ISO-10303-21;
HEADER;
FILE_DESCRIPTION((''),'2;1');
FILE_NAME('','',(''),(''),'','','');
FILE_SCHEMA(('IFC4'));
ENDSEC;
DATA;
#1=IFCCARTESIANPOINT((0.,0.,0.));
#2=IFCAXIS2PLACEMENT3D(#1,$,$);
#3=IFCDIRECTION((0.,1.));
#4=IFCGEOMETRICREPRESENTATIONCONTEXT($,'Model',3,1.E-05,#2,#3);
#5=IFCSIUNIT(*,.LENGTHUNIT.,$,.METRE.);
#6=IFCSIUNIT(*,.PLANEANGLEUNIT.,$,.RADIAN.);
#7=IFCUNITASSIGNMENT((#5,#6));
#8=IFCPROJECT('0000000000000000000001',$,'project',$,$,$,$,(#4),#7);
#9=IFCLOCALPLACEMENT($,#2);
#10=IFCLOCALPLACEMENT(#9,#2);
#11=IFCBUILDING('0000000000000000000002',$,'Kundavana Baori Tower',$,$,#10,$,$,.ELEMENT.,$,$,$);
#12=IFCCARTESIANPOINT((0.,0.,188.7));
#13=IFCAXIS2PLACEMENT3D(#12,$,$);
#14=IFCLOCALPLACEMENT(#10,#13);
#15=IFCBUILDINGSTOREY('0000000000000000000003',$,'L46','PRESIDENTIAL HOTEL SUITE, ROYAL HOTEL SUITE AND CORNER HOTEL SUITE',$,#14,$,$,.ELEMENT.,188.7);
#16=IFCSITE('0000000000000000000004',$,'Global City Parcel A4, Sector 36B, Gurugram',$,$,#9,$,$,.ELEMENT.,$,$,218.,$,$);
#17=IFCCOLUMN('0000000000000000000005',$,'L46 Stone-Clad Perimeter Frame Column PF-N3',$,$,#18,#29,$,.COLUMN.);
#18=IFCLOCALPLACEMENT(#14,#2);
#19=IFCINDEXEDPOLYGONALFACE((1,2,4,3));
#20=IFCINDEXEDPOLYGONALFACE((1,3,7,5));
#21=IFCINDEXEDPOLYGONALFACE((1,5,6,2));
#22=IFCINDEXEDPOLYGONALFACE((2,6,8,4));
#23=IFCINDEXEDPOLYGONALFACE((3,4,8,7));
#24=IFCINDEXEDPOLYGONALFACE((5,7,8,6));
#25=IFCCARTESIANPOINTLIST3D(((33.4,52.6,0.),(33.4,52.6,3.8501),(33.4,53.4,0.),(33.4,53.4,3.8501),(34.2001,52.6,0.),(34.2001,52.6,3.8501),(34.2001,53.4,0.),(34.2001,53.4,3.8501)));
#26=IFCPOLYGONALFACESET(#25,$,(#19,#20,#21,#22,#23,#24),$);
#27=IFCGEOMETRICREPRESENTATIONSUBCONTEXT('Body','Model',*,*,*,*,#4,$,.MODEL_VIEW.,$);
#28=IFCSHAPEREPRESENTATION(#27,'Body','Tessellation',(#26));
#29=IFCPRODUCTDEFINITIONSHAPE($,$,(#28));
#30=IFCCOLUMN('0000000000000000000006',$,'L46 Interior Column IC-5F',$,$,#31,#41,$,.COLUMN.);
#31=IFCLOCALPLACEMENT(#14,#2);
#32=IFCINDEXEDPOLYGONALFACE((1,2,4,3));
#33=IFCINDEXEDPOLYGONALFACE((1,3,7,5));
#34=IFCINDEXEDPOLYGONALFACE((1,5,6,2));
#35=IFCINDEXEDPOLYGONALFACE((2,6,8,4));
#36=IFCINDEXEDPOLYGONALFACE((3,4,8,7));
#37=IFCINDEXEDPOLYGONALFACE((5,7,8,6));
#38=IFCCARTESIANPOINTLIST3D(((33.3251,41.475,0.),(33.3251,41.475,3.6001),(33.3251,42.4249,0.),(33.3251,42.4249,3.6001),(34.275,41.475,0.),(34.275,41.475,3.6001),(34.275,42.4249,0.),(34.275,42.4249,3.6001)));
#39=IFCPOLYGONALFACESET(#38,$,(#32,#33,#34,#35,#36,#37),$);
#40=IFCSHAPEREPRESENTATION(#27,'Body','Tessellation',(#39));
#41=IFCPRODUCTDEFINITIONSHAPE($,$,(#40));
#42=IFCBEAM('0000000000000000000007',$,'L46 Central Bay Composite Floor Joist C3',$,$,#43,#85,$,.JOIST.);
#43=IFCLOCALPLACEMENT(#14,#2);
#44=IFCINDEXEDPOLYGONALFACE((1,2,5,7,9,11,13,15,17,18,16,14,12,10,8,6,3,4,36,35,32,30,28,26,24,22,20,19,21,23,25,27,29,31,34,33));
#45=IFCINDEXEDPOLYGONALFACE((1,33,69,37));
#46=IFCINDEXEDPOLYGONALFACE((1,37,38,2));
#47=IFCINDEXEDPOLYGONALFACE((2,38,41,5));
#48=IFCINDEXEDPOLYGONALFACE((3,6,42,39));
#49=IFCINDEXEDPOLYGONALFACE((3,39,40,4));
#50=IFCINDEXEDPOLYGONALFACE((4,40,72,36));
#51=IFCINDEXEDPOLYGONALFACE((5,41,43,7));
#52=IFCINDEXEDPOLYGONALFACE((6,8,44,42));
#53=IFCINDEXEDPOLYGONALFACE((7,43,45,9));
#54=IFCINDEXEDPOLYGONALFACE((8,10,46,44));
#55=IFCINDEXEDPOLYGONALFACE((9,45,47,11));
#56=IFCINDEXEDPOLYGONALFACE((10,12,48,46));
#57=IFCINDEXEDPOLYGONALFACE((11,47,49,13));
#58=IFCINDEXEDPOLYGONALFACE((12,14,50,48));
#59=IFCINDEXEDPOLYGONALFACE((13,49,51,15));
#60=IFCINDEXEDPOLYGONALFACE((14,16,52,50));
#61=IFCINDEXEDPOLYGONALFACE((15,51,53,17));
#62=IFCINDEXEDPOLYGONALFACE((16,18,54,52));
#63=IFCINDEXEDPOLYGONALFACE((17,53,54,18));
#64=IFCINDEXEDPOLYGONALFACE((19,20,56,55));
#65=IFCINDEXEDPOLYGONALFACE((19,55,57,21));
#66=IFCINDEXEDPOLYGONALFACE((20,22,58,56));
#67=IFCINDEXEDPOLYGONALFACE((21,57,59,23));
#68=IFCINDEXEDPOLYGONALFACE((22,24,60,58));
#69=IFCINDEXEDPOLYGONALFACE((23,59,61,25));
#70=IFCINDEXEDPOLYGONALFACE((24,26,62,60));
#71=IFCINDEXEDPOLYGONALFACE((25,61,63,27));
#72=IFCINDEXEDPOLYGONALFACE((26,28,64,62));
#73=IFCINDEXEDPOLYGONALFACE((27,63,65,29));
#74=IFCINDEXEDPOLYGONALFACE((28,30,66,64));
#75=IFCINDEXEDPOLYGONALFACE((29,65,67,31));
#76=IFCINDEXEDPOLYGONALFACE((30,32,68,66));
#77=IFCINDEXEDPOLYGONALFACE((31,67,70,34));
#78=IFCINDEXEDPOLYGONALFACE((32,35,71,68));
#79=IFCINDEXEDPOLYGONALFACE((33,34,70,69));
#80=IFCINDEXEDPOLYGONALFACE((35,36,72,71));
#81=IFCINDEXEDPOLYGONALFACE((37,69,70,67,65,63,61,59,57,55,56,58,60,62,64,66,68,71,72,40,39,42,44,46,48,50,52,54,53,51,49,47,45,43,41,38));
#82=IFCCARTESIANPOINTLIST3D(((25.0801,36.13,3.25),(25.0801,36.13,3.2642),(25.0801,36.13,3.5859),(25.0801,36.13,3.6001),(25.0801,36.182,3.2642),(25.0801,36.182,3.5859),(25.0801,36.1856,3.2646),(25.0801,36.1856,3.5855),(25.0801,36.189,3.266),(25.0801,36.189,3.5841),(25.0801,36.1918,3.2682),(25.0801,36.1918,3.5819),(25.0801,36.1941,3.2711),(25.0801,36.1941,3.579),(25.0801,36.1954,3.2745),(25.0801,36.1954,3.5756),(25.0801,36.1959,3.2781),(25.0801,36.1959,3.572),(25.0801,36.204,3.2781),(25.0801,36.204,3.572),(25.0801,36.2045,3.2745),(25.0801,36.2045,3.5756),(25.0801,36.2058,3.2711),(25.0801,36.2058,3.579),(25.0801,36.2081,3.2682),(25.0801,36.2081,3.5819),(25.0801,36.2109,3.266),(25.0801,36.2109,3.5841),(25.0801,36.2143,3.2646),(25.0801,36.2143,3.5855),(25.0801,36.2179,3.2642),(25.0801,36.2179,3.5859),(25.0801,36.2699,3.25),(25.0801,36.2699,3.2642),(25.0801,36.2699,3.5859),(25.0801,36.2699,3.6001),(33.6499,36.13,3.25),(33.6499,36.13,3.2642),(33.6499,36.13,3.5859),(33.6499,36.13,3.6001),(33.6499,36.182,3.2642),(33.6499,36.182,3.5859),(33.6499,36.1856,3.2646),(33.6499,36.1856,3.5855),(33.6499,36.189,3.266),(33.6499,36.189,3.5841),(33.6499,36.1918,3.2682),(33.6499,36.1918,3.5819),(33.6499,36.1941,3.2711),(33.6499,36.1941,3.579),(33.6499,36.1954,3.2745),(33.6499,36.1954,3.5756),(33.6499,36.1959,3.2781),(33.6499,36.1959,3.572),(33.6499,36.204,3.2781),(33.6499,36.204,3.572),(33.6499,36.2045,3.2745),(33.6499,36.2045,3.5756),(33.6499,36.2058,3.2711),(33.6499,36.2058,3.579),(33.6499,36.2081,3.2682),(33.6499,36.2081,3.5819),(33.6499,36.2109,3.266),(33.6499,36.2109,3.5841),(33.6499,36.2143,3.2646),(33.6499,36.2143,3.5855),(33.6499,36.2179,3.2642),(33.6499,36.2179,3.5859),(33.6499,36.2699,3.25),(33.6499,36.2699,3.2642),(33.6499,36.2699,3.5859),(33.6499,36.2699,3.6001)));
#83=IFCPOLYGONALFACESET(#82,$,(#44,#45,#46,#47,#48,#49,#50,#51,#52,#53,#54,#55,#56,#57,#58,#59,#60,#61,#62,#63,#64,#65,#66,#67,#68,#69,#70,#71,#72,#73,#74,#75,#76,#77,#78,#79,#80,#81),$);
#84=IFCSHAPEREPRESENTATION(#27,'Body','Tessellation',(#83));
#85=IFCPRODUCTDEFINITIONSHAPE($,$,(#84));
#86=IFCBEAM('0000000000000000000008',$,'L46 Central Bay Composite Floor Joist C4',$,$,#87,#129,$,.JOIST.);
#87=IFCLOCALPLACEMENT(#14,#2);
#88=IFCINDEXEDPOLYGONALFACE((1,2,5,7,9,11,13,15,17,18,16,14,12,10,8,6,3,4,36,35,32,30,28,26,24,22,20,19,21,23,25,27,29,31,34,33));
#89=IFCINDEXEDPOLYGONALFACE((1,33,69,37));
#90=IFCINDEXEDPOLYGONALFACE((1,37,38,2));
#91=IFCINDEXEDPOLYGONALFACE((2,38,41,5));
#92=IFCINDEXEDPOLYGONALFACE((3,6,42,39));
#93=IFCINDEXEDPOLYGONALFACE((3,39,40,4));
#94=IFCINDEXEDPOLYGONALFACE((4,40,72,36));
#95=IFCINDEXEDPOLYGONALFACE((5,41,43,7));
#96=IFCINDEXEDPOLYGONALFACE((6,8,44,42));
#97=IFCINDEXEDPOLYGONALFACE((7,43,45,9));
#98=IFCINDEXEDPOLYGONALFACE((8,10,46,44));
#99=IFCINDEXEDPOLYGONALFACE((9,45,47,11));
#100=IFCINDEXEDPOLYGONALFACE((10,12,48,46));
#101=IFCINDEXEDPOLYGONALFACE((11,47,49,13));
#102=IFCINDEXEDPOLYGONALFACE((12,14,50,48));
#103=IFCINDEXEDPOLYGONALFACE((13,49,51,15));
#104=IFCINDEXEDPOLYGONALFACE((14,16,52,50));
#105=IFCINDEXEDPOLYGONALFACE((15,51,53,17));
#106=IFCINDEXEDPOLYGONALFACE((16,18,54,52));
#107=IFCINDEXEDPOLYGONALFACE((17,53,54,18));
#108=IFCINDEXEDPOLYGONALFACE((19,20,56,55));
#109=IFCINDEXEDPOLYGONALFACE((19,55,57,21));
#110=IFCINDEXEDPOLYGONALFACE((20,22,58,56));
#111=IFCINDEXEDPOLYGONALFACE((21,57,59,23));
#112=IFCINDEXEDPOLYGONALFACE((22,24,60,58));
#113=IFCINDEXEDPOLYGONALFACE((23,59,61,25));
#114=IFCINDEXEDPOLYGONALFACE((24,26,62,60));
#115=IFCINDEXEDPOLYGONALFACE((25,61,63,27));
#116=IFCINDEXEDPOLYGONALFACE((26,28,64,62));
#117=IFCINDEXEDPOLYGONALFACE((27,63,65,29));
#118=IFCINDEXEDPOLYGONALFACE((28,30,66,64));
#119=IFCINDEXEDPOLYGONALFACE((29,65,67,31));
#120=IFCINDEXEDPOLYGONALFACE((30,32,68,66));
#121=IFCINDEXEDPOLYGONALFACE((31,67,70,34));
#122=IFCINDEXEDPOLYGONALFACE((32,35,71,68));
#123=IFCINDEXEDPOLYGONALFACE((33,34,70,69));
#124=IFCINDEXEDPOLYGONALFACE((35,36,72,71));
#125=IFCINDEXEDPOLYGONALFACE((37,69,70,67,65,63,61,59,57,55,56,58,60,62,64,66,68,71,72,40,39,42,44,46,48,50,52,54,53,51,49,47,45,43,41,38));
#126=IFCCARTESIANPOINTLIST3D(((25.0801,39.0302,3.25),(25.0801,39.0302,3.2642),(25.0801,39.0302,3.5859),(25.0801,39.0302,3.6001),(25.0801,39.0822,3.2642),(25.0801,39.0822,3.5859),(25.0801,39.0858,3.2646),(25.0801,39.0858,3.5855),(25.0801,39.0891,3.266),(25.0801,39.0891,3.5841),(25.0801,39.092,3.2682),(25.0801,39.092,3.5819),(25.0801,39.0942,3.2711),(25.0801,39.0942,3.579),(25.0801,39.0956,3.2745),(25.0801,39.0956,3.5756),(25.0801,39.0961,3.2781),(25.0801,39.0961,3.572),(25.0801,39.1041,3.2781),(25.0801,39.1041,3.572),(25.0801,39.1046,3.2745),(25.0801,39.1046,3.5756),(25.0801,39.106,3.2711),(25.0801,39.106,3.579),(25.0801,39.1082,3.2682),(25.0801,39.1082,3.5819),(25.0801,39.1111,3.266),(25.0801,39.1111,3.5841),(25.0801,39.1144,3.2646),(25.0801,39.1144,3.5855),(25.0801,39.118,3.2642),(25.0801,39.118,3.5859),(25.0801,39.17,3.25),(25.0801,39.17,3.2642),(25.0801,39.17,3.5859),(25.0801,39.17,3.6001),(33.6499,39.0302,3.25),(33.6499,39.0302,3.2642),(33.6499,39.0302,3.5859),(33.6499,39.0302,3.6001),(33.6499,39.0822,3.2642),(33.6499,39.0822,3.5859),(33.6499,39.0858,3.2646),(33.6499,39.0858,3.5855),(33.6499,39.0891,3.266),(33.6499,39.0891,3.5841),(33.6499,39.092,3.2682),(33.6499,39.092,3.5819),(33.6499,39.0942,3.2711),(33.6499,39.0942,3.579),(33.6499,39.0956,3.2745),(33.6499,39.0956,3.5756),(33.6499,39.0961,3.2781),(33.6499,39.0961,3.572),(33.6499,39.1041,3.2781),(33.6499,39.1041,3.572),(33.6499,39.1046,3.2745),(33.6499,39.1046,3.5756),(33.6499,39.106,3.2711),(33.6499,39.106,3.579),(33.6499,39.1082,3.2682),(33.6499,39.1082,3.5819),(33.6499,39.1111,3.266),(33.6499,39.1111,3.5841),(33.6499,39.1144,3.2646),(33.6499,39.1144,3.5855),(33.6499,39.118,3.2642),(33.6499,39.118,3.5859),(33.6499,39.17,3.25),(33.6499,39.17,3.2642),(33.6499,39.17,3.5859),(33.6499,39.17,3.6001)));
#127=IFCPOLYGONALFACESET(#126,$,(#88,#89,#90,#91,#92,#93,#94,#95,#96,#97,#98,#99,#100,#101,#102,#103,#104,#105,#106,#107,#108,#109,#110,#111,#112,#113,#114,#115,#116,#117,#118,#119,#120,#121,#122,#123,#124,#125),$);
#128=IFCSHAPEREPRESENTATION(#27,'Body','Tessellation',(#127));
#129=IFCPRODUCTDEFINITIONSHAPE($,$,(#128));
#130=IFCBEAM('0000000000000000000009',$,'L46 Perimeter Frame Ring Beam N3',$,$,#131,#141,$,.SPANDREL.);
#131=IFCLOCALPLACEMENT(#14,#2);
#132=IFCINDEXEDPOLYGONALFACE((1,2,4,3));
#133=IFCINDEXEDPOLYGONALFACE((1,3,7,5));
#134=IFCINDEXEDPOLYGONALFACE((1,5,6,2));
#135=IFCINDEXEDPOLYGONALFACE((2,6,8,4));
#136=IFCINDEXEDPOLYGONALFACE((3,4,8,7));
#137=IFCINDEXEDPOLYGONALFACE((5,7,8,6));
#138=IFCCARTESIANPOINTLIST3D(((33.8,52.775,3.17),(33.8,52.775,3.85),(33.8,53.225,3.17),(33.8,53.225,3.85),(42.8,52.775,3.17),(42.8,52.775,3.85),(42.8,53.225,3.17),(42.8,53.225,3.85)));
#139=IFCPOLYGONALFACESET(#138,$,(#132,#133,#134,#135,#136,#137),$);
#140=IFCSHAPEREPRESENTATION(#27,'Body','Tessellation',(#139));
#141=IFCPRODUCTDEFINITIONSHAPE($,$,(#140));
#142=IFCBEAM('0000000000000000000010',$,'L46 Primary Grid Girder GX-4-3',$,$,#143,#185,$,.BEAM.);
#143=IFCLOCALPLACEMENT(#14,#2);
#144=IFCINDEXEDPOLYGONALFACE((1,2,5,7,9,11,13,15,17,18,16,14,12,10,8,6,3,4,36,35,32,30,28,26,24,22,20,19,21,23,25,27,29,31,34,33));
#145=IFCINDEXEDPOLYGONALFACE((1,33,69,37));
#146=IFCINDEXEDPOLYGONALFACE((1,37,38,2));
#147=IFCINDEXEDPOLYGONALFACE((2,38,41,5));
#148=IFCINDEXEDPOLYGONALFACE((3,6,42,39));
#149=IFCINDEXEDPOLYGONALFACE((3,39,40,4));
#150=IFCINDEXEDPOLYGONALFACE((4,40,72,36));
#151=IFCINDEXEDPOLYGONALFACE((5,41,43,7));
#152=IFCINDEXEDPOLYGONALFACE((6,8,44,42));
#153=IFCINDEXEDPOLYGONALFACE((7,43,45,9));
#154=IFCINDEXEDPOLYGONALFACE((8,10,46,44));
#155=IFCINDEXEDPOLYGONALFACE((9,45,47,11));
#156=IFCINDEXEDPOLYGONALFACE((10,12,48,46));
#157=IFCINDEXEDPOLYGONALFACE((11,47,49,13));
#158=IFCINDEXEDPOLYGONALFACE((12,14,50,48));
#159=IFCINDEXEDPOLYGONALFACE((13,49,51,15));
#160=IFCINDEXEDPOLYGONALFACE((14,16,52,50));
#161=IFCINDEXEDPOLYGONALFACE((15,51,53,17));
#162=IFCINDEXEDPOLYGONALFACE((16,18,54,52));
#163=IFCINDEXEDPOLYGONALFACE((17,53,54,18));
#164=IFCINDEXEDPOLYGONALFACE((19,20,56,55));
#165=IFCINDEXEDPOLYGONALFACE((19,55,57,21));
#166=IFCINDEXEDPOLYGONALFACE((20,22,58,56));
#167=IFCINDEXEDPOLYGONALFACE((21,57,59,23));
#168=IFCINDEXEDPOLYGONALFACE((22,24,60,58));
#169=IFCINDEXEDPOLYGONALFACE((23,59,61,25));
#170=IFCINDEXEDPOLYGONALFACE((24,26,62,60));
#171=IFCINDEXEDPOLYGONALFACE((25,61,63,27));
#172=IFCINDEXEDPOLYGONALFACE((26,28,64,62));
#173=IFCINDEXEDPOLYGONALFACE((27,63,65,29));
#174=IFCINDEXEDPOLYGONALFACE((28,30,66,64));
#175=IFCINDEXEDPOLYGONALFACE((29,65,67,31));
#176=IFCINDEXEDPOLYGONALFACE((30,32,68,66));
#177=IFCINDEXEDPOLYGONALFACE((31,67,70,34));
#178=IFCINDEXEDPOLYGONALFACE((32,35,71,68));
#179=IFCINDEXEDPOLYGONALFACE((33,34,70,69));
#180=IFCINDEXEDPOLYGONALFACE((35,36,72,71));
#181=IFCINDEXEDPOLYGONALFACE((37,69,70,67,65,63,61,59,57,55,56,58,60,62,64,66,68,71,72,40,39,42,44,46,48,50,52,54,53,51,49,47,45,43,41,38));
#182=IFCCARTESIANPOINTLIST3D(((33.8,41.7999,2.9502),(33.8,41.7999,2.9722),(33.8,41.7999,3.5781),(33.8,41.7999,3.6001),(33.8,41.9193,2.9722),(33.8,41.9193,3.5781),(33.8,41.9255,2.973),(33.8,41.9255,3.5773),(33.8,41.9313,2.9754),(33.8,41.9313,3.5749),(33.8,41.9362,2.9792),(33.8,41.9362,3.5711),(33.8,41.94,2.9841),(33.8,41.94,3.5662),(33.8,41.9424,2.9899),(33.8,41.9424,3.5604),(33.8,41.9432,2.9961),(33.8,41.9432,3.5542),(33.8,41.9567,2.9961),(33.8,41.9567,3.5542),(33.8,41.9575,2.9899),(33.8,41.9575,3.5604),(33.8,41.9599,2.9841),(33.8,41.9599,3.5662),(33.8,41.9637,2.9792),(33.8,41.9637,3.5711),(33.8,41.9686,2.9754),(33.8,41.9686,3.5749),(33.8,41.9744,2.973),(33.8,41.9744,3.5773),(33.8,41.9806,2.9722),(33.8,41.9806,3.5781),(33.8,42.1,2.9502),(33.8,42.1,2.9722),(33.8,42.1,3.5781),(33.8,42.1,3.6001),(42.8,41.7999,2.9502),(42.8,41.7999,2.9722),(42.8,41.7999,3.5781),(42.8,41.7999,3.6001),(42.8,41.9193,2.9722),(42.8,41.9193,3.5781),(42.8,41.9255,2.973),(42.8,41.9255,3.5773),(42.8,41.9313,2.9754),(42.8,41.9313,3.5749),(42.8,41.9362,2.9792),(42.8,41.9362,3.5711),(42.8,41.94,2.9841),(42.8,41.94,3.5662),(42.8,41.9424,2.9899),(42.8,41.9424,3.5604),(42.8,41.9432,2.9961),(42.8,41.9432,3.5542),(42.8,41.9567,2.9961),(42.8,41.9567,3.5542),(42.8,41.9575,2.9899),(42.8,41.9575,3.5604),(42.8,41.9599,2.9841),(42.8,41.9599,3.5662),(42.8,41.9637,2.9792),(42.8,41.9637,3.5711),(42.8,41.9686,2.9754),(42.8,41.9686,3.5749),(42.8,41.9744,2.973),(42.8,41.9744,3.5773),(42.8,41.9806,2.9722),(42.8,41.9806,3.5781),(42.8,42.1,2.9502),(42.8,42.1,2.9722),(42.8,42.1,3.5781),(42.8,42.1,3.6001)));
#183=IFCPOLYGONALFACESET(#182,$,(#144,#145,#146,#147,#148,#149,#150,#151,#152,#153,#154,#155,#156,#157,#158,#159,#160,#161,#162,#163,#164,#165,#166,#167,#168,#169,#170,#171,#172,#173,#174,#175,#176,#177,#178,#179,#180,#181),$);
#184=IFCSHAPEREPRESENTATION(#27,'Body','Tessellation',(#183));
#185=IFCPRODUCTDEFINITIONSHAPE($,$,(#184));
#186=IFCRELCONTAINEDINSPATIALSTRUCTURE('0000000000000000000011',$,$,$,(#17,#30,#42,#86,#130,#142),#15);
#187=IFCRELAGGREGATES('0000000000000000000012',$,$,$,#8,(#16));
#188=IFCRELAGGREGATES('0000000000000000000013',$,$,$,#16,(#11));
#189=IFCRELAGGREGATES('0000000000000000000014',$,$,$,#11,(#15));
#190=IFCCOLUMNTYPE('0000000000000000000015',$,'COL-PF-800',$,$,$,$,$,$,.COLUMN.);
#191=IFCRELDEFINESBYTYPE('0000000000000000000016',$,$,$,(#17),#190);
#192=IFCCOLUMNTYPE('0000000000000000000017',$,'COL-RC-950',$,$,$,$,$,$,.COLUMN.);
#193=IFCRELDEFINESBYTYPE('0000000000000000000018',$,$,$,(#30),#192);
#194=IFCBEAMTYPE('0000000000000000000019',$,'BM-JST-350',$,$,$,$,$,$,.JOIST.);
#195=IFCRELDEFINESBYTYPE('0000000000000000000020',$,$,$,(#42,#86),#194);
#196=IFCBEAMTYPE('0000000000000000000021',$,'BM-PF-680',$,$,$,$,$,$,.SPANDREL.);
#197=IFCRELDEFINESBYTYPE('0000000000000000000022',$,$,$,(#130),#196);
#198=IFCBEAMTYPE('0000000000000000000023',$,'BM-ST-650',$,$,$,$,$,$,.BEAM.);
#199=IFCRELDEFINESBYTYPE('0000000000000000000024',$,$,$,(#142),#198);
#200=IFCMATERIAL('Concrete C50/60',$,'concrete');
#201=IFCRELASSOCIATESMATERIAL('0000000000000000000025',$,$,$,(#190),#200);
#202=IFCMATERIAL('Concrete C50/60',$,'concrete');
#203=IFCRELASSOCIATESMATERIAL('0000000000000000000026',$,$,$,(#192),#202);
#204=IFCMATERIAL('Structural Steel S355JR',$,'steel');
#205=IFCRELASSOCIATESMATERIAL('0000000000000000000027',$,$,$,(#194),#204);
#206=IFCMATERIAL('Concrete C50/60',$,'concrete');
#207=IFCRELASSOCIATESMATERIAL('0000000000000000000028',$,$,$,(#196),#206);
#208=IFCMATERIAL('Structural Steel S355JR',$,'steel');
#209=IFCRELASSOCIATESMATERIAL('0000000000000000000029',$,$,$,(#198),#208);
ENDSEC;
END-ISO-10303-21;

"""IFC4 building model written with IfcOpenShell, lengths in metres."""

from ifc_helpers import new_model, si_unit, direction, frame, origin, origin_2d, place, context, subcontext, project, spatial, rectangle, i_section, extrude, material, material_profile, profile_set, type_object, element, save


model = new_model("IFC4")

# Units and contexts
model_context = context("Model", 3, precision=1e-05, world=origin(), true_north=direction((0.0, 1.0)))
body_context = subcontext(model_context, "Body", "Model", "MODEL_VIEW")
ifc_project = project(units=[si_unit("LENGTHUNIT", "METRE"), si_unit("PLANEANGLEUNIT", "RADIAN")], contexts=[model_context])

# Site, building, storey
site_placement = place(None, origin())
site = spatial("IfcSite", under=ifc_project, at=site_placement, Name="Global City Parcel A4, Sector 36B, Gurugram", CompositionType="ELEMENT", RefElevation=218.0)
building_placement = place(site_placement, origin())
building = spatial("IfcBuilding", under=site, at=building_placement, Name="Kundavana Baori Tower", CompositionType="ELEMENT")
storey_placement = place(building_placement, frame((0.0, 0.0, 188.7)))
storey = spatial("IfcBuildingStorey", under=building, at=storey_placement, Name="L46", Description="PRESIDENTIAL HOTEL SUITE, ROYAL HOTEL SUITE AND CORNER HOTEL SUITE", CompositionType="ELEMENT", Elevation=188.7)

# Columns
ifc_material_1 = material(Name="Concrete C50/60", Category="concrete")
ifc_material_profile_1 = material_profile(ifc_material_1, rectangle(XDim=0.8, YDim=0.8, at=origin_2d()), Name="RC PF 800x800")
ifc_profile_set_1 = profile_set([ifc_material_profile_1], Name="Concrete C50/60")
column_type_1 = type_object("IfcColumnType", Name="COL-PF-800", PredefinedType="COLUMN", material=ifc_profile_set_1)
column_1_placement = place(storey_placement, frame((33.8, 53.0, 0.0), z_axis=(0.0, 0.0, 1.0), x_axis=(1.0, 0.0, 0.0)))
element("IfcColumn", 1, at=column_1_placement, inside=storey, type_object=column_type_1, Name="L46 Stone-Clad Perimeter Frame Column PF-N3", PredefinedType="COLUMN", context=body_context, shape_type="SweptSolid", body=[
    extrude(rectangle(XDim=0.8, YDim=0.8, at=origin_2d()), origin(), (0.0, 0.0, 1.0), 3.8501),
])
ifc_material_2 = material(Name="Concrete C50/60", Category="concrete")
ifc_material_profile_2 = material_profile(ifc_material_2, rectangle(XDim=0.95, YDim=0.95, at=origin_2d()), Name="RC 950x950")
ifc_profile_set_2 = profile_set([ifc_material_profile_2], Name="Concrete C50/60")
column_type_2 = type_object("IfcColumnType", Name="COL-RC-950", PredefinedType="COLUMN", material=ifc_profile_set_2)
column_2_placement = place(storey_placement, frame((33.8, 41.95, 0.0), z_axis=(0.0, 0.0, 1.0), x_axis=(1.0, 0.0, 0.0)))
element("IfcColumn", 2, at=column_2_placement, inside=storey, type_object=column_type_2, Name="L46 Interior Column IC-5F", PredefinedType="COLUMN", context=body_context, shape_type="SweptSolid", body=[
    extrude(rectangle(XDim=0.95, YDim=0.95, at=origin_2d()), origin(), (0.0, 0.0, 1.0), 3.6001),
])

# Beams
ifc_material_3 = material(Name="Structural Steel S355JR", Category="steel")
ifc_material_profile_3 = material_profile(ifc_material_3, i_section(OverallWidth=0.1399, OverallDepth=0.3501, WebThickness=0.0081, FlangeThickness=0.0142, FilletRadius=0.0139, at=origin_2d()), Name="ISMB 350")
ifc_profile_set_3 = profile_set([ifc_material_profile_3], Name="Structural Steel S355JR")
beam_type_1 = type_object("IfcBeamType", Name="BM-JST-350", PredefinedType="JOIST", material=ifc_profile_set_3)
for number, where, z_axis, x_axis, name in (
    (3, (25.0801, 36.2, 3.425), (1.0, 0.0, 0.0), (0.0, 1.0, 0.0), "L46 Central Bay Composite Floor Joist C3"),
    (4, (25.0801, 39.1001, 3.425), (1.0, 0.0, 0.0), (0.0, 1.0, 0.0), "L46 Central Bay Composite Floor Joist C4"),
):
    element("IfcBeam", number, at=place(storey_placement, frame(where, z_axis=z_axis, x_axis=x_axis)), inside=storey, type_object=beam_type_1, Name=name, PredefinedType="JOIST", context=body_context, shape_type="SweptSolid", body=[
        extrude(i_section(OverallWidth=0.1399, OverallDepth=0.3501, WebThickness=0.0081, FlangeThickness=0.0142, FilletRadius=0.0139, at=origin_2d()), origin(), (0.0, 0.0, 1.0), 8.5698),
    ])
ifc_material_4 = material(Name="Concrete C50/60", Category="concrete")
ifc_material_profile_4 = material_profile(ifc_material_4, rectangle(XDim=0.45, YDim=0.6799, at=origin_2d()), Name="RC BM 450x680")
ifc_profile_set_4 = profile_set([ifc_material_profile_4], Name="Concrete C50/60")
beam_type_2 = type_object("IfcBeamType", Name="BM-PF-680", PredefinedType="SPANDREL", material=ifc_profile_set_4)
beam_1_placement = place(storey_placement, frame((33.8, 53.0, 3.51), z_axis=(1.0, 0.0, 0.0), x_axis=(0.0, 1.0, 0.0)))
element("IfcBeam", 5, at=beam_1_placement, inside=storey, type_object=beam_type_2, Name="L46 Perimeter Frame Ring Beam N3", PredefinedType="SPANDREL", context=body_context, shape_type="SweptSolid", body=[
    extrude(rectangle(XDim=0.45, YDim=0.6799, at=origin_2d()), origin(), (0.0, 0.0, 1.0), 9.0),
])
ifc_material_5 = material(Name="Structural Steel S355JR", Category="steel")
ifc_material_profile_5 = material_profile(ifc_material_5, i_section(OverallWidth=0.3, OverallDepth=0.6499, WebThickness=0.0134, FlangeThickness=0.022, FilletRadius=0.0239, at=origin_2d()), Name="NPB 650x300x155")
ifc_profile_set_5 = profile_set([ifc_material_profile_5], Name="Structural Steel S355JR")
beam_type_3 = type_object("IfcBeamType", Name="BM-ST-650", PredefinedType="BEAM", material=ifc_profile_set_5)
beam_2_placement = place(storey_placement, frame((33.8, 41.95, 3.2751), z_axis=(1.0, 0.0, 0.0), x_axis=(0.0, 1.0, 0.0)))
element("IfcBeam", 6, at=beam_2_placement, inside=storey, type_object=beam_type_3, Name="L46 Primary Grid Girder GX-4-3", PredefinedType="BEAM", context=body_context, shape_type="SweptSolid", body=[
    extrude(i_section(OverallWidth=0.3, OverallDepth=0.6499, WebThickness=0.0134, FlangeThickness=0.022, FilletRadius=0.0239, at=origin_2d()), origin(), (0.0, 0.0, 1.0), 9.0),
])

save(model, "model.ifc")
